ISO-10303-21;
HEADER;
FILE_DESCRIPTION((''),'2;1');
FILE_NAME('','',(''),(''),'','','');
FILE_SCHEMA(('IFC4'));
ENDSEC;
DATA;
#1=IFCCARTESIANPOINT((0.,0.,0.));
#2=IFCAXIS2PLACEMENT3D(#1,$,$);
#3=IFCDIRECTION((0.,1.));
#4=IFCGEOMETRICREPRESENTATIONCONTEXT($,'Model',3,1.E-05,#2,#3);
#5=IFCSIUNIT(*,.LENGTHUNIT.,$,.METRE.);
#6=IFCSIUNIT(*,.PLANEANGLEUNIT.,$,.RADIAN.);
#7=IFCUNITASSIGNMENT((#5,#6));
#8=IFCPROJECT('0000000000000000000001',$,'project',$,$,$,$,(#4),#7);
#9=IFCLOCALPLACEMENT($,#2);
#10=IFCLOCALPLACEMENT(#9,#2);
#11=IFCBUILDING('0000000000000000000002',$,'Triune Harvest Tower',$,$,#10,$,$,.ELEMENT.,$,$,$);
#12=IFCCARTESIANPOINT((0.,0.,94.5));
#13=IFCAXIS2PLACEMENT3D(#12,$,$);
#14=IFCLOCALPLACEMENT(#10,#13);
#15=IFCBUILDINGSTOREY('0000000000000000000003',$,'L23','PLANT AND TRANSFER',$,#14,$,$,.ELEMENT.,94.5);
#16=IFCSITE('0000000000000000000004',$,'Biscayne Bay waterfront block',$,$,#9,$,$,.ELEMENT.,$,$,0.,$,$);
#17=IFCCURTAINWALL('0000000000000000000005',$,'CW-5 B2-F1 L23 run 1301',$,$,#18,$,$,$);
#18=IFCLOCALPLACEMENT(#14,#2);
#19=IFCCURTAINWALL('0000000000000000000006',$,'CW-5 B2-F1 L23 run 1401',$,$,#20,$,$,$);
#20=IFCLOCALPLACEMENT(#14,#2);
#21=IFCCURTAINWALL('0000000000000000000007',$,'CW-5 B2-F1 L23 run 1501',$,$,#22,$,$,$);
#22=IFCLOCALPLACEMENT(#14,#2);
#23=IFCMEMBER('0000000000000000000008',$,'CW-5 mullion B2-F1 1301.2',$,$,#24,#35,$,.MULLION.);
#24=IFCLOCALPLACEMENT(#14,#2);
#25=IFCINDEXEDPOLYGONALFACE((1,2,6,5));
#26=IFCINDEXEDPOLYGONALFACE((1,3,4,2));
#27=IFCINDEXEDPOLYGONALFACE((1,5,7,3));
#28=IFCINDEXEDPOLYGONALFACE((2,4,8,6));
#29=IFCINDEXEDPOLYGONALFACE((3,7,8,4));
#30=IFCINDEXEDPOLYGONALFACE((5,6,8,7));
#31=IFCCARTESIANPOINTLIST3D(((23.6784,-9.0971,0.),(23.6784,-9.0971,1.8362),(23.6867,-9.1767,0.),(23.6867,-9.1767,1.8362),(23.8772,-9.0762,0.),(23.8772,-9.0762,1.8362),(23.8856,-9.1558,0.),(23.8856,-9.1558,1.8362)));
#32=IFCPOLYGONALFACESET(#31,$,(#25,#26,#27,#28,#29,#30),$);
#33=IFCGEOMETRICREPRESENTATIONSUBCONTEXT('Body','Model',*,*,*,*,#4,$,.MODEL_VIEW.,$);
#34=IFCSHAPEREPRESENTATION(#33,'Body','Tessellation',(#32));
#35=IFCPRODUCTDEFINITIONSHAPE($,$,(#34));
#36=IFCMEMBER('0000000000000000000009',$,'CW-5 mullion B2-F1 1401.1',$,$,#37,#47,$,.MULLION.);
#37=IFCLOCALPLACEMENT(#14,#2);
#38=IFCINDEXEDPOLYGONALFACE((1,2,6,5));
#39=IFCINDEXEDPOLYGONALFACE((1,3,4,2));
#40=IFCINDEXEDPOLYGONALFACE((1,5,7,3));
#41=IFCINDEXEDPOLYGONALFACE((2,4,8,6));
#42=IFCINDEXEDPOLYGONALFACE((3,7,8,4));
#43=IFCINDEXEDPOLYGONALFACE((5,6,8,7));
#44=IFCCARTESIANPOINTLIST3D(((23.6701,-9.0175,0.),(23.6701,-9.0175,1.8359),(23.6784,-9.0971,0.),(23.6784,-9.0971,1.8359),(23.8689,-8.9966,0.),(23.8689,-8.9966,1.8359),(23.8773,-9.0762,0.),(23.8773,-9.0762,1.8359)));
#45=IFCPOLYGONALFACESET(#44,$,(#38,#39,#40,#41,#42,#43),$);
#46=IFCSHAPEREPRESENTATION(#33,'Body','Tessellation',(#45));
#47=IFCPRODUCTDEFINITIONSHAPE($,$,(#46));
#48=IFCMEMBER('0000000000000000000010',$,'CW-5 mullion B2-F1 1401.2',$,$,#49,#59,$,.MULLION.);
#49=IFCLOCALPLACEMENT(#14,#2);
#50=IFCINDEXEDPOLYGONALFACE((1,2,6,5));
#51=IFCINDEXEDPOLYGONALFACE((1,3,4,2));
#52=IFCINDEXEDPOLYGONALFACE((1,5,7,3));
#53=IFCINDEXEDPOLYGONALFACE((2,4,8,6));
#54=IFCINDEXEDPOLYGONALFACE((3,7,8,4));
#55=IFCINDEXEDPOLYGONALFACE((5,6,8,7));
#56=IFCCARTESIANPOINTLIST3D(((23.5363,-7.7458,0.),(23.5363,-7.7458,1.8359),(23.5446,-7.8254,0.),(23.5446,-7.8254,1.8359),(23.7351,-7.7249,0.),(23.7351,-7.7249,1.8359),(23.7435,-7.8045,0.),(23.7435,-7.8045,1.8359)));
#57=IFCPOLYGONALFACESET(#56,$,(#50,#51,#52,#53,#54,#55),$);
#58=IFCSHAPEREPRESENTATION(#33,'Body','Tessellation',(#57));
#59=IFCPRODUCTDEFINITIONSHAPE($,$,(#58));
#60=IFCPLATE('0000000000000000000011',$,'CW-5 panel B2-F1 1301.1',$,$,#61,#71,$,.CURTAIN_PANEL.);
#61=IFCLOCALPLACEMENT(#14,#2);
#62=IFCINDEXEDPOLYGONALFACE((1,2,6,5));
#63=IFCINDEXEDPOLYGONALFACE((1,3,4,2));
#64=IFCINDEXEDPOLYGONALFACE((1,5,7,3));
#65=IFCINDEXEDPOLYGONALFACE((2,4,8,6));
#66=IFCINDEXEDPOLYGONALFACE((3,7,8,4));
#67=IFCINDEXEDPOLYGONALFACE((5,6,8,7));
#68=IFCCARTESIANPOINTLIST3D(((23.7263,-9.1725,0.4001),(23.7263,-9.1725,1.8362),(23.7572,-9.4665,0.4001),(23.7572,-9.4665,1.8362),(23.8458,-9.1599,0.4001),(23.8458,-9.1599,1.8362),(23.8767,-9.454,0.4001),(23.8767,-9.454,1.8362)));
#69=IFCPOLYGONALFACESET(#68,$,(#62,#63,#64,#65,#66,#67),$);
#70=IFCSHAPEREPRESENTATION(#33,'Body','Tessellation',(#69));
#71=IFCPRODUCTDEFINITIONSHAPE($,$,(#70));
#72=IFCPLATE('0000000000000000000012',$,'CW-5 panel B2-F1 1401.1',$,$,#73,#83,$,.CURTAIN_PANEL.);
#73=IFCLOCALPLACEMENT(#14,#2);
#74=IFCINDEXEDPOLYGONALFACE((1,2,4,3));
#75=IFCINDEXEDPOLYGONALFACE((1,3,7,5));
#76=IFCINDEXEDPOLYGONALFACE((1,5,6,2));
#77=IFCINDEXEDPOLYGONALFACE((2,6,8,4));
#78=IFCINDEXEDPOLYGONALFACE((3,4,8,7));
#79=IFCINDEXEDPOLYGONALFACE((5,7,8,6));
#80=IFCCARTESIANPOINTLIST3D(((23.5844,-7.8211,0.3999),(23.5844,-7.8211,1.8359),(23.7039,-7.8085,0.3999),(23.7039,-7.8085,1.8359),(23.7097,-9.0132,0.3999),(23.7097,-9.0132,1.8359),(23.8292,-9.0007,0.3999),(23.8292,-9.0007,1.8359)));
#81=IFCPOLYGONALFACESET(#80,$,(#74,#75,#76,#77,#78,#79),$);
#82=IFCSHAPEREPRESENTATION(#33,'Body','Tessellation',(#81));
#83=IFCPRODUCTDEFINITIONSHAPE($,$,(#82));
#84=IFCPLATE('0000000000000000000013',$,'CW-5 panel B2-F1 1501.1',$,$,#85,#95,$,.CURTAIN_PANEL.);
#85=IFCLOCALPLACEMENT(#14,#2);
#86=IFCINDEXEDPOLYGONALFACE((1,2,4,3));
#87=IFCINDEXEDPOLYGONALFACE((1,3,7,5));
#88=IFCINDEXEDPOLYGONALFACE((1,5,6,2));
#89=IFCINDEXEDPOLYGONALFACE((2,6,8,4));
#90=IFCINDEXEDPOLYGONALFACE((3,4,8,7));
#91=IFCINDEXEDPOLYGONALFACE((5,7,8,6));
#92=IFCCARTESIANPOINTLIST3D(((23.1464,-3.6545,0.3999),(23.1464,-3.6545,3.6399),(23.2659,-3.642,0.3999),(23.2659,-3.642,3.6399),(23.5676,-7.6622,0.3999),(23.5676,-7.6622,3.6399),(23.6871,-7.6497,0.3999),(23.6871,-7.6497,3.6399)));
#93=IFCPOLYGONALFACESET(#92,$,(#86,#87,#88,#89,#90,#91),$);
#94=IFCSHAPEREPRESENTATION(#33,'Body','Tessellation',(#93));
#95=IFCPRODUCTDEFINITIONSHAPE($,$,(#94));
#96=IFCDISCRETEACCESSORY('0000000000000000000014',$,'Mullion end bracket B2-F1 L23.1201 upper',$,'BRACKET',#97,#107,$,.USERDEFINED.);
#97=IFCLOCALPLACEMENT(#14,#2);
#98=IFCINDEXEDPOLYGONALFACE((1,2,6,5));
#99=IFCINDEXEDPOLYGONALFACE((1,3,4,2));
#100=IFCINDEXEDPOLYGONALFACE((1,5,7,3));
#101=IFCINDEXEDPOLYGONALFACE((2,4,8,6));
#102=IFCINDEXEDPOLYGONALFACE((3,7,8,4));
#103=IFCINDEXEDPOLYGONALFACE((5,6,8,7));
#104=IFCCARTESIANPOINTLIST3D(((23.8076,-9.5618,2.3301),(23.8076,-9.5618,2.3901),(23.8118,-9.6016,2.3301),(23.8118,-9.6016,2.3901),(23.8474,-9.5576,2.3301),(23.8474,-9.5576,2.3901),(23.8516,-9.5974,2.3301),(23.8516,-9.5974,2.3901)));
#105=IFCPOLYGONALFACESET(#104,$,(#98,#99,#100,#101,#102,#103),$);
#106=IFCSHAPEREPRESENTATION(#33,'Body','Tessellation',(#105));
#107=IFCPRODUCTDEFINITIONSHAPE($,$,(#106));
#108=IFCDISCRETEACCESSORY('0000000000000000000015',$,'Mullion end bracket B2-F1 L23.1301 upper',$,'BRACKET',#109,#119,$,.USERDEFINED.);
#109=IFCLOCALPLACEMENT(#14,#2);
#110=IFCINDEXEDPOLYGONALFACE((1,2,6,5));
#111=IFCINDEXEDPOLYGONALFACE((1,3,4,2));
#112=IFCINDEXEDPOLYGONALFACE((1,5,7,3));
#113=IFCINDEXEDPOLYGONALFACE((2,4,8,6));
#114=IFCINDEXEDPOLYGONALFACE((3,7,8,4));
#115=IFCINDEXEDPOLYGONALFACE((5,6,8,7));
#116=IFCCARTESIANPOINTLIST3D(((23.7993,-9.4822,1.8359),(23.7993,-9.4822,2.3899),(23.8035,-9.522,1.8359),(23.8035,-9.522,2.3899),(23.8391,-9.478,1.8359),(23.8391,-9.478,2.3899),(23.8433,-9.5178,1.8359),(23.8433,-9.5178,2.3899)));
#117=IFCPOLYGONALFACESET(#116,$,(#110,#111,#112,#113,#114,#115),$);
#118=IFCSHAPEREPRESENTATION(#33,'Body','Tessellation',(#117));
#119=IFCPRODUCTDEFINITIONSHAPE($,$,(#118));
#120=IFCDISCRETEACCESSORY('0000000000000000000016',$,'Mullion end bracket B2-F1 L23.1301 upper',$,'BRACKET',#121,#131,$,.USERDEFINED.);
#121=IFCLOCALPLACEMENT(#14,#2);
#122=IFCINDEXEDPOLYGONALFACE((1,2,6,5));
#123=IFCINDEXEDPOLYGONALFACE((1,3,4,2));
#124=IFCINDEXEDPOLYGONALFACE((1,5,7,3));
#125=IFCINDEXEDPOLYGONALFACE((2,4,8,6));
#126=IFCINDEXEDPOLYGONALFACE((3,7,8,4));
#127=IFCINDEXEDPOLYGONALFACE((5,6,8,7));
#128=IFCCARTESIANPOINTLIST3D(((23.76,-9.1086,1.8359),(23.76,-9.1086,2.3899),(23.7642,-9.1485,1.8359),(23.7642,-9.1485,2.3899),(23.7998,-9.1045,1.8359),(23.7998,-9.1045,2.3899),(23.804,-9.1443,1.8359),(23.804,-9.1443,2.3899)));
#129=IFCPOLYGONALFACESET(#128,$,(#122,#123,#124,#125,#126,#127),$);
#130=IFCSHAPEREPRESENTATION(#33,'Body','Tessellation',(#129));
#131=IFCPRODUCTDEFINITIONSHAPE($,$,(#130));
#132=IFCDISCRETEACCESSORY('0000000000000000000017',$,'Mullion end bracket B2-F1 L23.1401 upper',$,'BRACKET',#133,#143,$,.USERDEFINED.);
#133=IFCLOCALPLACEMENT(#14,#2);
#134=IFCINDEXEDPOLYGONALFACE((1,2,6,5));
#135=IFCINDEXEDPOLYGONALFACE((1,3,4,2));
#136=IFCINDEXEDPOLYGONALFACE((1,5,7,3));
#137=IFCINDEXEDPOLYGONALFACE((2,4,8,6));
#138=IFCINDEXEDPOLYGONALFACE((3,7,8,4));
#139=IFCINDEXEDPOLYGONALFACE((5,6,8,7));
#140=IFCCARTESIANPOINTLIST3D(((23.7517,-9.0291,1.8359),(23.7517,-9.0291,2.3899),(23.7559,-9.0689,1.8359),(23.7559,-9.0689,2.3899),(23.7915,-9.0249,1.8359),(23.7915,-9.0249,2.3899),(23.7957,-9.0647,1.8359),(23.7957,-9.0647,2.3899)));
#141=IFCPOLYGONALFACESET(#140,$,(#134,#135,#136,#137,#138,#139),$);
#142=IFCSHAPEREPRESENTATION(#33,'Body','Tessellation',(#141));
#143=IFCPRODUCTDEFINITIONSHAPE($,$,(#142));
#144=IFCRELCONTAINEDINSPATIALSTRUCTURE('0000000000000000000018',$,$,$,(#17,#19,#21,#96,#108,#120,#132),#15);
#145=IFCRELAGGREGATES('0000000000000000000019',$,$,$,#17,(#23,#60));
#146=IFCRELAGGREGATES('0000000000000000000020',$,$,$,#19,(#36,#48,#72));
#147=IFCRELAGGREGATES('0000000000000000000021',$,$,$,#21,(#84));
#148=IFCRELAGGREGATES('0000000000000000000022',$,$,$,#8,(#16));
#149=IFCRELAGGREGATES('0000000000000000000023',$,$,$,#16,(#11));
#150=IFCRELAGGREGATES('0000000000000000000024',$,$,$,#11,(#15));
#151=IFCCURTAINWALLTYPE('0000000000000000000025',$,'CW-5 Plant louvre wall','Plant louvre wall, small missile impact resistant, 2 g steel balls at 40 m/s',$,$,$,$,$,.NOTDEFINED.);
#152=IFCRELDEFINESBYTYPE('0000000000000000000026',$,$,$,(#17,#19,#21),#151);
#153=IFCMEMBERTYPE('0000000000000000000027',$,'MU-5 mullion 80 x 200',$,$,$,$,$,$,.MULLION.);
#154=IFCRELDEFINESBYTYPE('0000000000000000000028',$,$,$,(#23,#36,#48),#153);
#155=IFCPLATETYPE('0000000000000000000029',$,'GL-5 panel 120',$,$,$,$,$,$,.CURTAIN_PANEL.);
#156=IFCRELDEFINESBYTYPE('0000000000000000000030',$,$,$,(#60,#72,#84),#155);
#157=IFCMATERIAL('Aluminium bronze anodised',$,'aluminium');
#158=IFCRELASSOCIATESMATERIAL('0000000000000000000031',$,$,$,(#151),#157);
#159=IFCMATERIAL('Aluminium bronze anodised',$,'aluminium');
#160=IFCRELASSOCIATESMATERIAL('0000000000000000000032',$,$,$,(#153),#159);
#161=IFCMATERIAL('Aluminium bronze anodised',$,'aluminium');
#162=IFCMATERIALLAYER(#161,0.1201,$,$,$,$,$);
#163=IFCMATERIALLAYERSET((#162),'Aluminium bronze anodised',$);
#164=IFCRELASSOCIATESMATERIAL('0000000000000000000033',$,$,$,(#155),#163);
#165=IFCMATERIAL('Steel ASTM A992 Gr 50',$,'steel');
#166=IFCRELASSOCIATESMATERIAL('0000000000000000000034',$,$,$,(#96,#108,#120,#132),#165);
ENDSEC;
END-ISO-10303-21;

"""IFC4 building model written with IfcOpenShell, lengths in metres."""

from ifc_helpers import new_model, si_unit, direction, frame, origin, origin_2d, place, context, subcontext, project, spatial, rectangle, extrude, source, transform, mapped, material, layer, layer_set, material_profile, profile_set, type_object, element, aggregate, save


model = new_model("IFC4")

# Units and contexts
model_context = context("Model", 3, precision=1e-05, world=origin(), true_north=direction((0.0, 1.0)))
body_context = subcontext(model_context, "Body", "Model", "MODEL_VIEW")
ifc_project = project(units=[si_unit("LENGTHUNIT", "METRE"), si_unit("PLANEANGLEUNIT", "RADIAN")], contexts=[model_context])

# Site, building, storey
site_placement = place(None, origin())
site = spatial("IfcSite", under=ifc_project, at=site_placement, Name="Biscayne Bay waterfront block", CompositionType="ELEMENT", RefElevation=0.0)
building_placement = place(site_placement, origin())
building = spatial("IfcBuilding", under=site, at=building_placement, Name="Triune Harvest Tower", CompositionType="ELEMENT")
storey_placement = place(building_placement, frame((0.0, 0.0, 94.5)))
storey = spatial("IfcBuildingStorey", under=building, at=storey_placement, Name="L23", Description="PLANT AND TRANSFER", CompositionType="ELEMENT", Elevation=94.5)

# Curtain walls
ifc_material_1 = material(Name="Aluminium bronze anodised", Category="aluminium")
curtain_wall_type = type_object("IfcCurtainWallType", Name="CW-5 Plant louvre wall", Description="Plant louvre wall, small missile impact resistant, 2 g steel balls at 40 m/s", PredefinedType="NOTDEFINED", material=ifc_material_1)
curtain_wall_1_placement = place(storey_placement, origin())
curtain_wall_1 = element("IfcCurtainWall", 1, at=curtain_wall_1_placement, inside=storey, type_object=curtain_wall_type, Name="CW-5 B2-F1 L23 run 1301")
curtain_wall_2_placement = place(storey_placement, origin())
curtain_wall_2 = element("IfcCurtainWall", 2, at=curtain_wall_2_placement, inside=storey, type_object=curtain_wall_type, Name="CW-5 B2-F1 L23 run 1401")
curtain_wall_3_placement = place(storey_placement, origin())
curtain_wall_3 = element("IfcCurtainWall", 3, at=curtain_wall_3_placement, inside=storey, type_object=curtain_wall_type, Name="CW-5 B2-F1 L23 run 1501")

# Shared definitions
ifc_material_2 = material(Name="Aluminium bronze anodised", Category="aluminium")
ifc_material_profile_1 = material_profile(ifc_material_2, rectangle(XDim=0.2, YDim=0.0801, at=origin_2d()), Name="MU-5 mullion 80 x 200")
ifc_profile_set_1 = profile_set([ifc_material_profile_1], Name="Aluminium bronze anodised")
member_type_1 = type_object("IfcMemberType", Name="MU-5 mullion 80 x 200", PredefinedType="MULLION", material=ifc_profile_set_1)

# Members
shared_shape_1 = source(origin(), body_context, "Body", "SweptSolid", [
    extrude(rectangle(XDim=0.2, YDim=0.0801, at=origin_2d()), origin(), (0.0, 0.0, 1.0), 1.8362),
])
member_1_placement = place(storey_placement, frame((23.782, -9.1265, 0.0), z_axis=(0.0, 0.0, 1.0), x_axis=(-0.994529, -0.104456, 0.0)))
member_1 = element("IfcMember", 4, at=member_1_placement, type_object=member_type_1, Name="CW-5 mullion B2-F1 1301.2", PredefinedType="MULLION", context=body_context, shape_type="MappedRepresentation", body=[
    mapped(shared_shape_1, transform((0.0, 0.0, 0.0), scale=1.0)),
])
shared_shape_2 = source(origin(), body_context, "Body", "SweptSolid", [
    extrude(rectangle(XDim=0.2, YDim=0.0801, at=origin_2d()), origin(), (0.0, 0.0, 1.0), 1.8359),
])
member_2_placement = place(storey_placement, frame((23.7737, -9.0469, 0.0), z_axis=(0.0, 0.0, 1.0), x_axis=(-0.994523, -0.104516, 0.0)))
member_2 = element("IfcMember", 5, at=member_2_placement, type_object=member_type_1, Name="CW-5 mullion B2-F1 1401.1", PredefinedType="MULLION", context=body_context, shape_type="MappedRepresentation", body=[
    mapped(shared_shape_2, transform((0.0, 0.0, 0.0), scale=1.0)),
])
member_3_placement = place(storey_placement, frame((23.6399, -7.7751, 0.0), z_axis=(0.0, 0.0, 1.0), x_axis=(-0.994523, -0.104516, 0.0)))
member_3 = element("IfcMember", 6, at=member_3_placement, type_object=member_type_1, Name="CW-5 mullion B2-F1 1401.2", PredefinedType="MULLION", context=body_context, shape_type="MappedRepresentation", body=[
    mapped(shared_shape_2, transform((0.0, 0.0, 0.0), scale=1.0)),
])

# Plates
ifc_material_3 = material(Name="Aluminium bronze anodised", Category="aluminium")
ifc_layer = layer(ifc_material_3, 0.1201)
ifc_layer_set = layer_set([ifc_layer], Name="Aluminium bronze anodised")
plate_type = type_object("IfcPlateType", Name="GL-5 panel 120", PredefinedType="CURTAIN_PANEL", material=ifc_layer_set)
plate_1_placement = place(storey_placement, frame((23.8015, -9.3132, 0.4001), z_axis=(0.0, 0.0, 1.0), x_axis=(-0.104456, 0.994529, 0.0)))
plate_1 = element("IfcPlate", 7, at=plate_1_placement, type_object=plate_type, Name="CW-5 panel B2-F1 1301.1", PredefinedType="CURTAIN_PANEL", context=body_context, shape_type="SweptSolid", body=[
    extrude(rectangle(XDim=0.2957, YDim=0.1201, at=origin_2d()), origin(), (0.0, 0.0, 1.0), 1.436),
])
aggregate(curtain_wall_1, [member_1, plate_1])
plate_2_placement = place(storey_placement, frame((23.7068, -8.4109, 0.3999), z_axis=(0.0, 0.0, 1.0), x_axis=(-0.104516, 0.994523, 0.0)))
plate_2 = element("IfcPlate", 8, at=plate_2_placement, type_object=plate_type, Name="CW-5 panel B2-F1 1401.1", PredefinedType="CURTAIN_PANEL", context=body_context, shape_type="SweptSolid", body=[
    extrude(rectangle(XDim=1.1987, YDim=0.1201, at=origin_2d()), origin(), (0.0, 0.0, 1.0), 1.436),
])
aggregate(curtain_wall_2, [member_2, member_3, plate_2])
shared_shape_3 = source(origin(), body_context, "Body", "SweptSolid", [
    extrude(rectangle(XDim=4.0298, YDim=0.1201, at=origin_2d()), origin(), (0.0, 0.0, 1.0), 3.24),
])
plate_3_placement = place(storey_placement, frame((23.4167, -5.6521, 0.3999), z_axis=(0.0, 0.0, 1.0), x_axis=(-0.104528, 0.994522, 0.0)))
plate_3 = element("IfcPlate", 9, at=plate_3_placement, type_object=plate_type, Name="CW-5 panel B2-F1 1501.1", PredefinedType="CURTAIN_PANEL", context=body_context, shape_type="MappedRepresentation", body=[
    mapped(shared_shape_3, transform((0.0, 0.0, 0.0), scale=1.0)),
])
aggregate(curtain_wall_3, [plate_3])

# Discrete accessories
ifc_material_4 = material(Name="Steel ASTM A992 Gr 50", Category="steel")
shared_shape_4 = source(origin(), body_context, "Body", "SweptSolid", [
    extrude(rectangle(XDim=0.04, YDim=0.04, at=origin_2d()), origin(), (0.0, 0.0, 1.0), 0.0601),
])
discrete_accessory_placement = place(storey_placement, frame((23.8296, -9.5796, 2.3301), z_axis=(0.0, 0.0, 1.0), x_axis=(-0.104553, 0.994519, 0.0)))
element("IfcDiscreteAccessory", 10, at=discrete_accessory_placement, inside=storey, material=ifc_material_4, Name="Mullion end bracket B2-F1 L23.1201 upper", ObjectType="BRACKET", PredefinedType="USERDEFINED", context=body_context, shape_type="MappedRepresentation", body=[
    mapped(shared_shape_4, transform((0.0, 0.0, 0.0), scale=1.0)),
])
shared_shape_5 = source(origin(), body_context, "Body", "SweptSolid", [
    extrude(rectangle(XDim=0.04, YDim=0.04, at=origin_2d()), origin(), (0.0, 0.0, 1.0), 0.554),
])
for number, where, z_axis, x_axis, name in (
    (11, (23.8213, -9.5, 1.8359), (0.0, 0.0, 1.0), (-0.104456, 0.99453, 0.0), "Mullion end bracket B2-F1 L23.1301 upper"),
    (12, (23.782, -9.1265, 1.8359), (0.0, 0.0, 1.0), (-0.104456, 0.99453, 0.0), "Mullion end bracket B2-F1 L23.1301 upper"),
    (13, (23.7737, -9.0469, 1.8359), (0.0, 0.0, 1.0), (-0.104516, 0.994523, 0.0), "Mullion end bracket B2-F1 L23.1401 upper"),
):
    element("IfcDiscreteAccessory", number, at=place(storey_placement, frame(where, z_axis=z_axis, x_axis=x_axis)), inside=storey, material=ifc_material_4, Name=name, ObjectType="BRACKET", PredefinedType="USERDEFINED", context=body_context, shape_type="MappedRepresentation", body=[
        mapped(shared_shape_5, transform((0.0, 0.0, 0.0), scale=1.0)),
    ])

save(model, "model.ifc")
